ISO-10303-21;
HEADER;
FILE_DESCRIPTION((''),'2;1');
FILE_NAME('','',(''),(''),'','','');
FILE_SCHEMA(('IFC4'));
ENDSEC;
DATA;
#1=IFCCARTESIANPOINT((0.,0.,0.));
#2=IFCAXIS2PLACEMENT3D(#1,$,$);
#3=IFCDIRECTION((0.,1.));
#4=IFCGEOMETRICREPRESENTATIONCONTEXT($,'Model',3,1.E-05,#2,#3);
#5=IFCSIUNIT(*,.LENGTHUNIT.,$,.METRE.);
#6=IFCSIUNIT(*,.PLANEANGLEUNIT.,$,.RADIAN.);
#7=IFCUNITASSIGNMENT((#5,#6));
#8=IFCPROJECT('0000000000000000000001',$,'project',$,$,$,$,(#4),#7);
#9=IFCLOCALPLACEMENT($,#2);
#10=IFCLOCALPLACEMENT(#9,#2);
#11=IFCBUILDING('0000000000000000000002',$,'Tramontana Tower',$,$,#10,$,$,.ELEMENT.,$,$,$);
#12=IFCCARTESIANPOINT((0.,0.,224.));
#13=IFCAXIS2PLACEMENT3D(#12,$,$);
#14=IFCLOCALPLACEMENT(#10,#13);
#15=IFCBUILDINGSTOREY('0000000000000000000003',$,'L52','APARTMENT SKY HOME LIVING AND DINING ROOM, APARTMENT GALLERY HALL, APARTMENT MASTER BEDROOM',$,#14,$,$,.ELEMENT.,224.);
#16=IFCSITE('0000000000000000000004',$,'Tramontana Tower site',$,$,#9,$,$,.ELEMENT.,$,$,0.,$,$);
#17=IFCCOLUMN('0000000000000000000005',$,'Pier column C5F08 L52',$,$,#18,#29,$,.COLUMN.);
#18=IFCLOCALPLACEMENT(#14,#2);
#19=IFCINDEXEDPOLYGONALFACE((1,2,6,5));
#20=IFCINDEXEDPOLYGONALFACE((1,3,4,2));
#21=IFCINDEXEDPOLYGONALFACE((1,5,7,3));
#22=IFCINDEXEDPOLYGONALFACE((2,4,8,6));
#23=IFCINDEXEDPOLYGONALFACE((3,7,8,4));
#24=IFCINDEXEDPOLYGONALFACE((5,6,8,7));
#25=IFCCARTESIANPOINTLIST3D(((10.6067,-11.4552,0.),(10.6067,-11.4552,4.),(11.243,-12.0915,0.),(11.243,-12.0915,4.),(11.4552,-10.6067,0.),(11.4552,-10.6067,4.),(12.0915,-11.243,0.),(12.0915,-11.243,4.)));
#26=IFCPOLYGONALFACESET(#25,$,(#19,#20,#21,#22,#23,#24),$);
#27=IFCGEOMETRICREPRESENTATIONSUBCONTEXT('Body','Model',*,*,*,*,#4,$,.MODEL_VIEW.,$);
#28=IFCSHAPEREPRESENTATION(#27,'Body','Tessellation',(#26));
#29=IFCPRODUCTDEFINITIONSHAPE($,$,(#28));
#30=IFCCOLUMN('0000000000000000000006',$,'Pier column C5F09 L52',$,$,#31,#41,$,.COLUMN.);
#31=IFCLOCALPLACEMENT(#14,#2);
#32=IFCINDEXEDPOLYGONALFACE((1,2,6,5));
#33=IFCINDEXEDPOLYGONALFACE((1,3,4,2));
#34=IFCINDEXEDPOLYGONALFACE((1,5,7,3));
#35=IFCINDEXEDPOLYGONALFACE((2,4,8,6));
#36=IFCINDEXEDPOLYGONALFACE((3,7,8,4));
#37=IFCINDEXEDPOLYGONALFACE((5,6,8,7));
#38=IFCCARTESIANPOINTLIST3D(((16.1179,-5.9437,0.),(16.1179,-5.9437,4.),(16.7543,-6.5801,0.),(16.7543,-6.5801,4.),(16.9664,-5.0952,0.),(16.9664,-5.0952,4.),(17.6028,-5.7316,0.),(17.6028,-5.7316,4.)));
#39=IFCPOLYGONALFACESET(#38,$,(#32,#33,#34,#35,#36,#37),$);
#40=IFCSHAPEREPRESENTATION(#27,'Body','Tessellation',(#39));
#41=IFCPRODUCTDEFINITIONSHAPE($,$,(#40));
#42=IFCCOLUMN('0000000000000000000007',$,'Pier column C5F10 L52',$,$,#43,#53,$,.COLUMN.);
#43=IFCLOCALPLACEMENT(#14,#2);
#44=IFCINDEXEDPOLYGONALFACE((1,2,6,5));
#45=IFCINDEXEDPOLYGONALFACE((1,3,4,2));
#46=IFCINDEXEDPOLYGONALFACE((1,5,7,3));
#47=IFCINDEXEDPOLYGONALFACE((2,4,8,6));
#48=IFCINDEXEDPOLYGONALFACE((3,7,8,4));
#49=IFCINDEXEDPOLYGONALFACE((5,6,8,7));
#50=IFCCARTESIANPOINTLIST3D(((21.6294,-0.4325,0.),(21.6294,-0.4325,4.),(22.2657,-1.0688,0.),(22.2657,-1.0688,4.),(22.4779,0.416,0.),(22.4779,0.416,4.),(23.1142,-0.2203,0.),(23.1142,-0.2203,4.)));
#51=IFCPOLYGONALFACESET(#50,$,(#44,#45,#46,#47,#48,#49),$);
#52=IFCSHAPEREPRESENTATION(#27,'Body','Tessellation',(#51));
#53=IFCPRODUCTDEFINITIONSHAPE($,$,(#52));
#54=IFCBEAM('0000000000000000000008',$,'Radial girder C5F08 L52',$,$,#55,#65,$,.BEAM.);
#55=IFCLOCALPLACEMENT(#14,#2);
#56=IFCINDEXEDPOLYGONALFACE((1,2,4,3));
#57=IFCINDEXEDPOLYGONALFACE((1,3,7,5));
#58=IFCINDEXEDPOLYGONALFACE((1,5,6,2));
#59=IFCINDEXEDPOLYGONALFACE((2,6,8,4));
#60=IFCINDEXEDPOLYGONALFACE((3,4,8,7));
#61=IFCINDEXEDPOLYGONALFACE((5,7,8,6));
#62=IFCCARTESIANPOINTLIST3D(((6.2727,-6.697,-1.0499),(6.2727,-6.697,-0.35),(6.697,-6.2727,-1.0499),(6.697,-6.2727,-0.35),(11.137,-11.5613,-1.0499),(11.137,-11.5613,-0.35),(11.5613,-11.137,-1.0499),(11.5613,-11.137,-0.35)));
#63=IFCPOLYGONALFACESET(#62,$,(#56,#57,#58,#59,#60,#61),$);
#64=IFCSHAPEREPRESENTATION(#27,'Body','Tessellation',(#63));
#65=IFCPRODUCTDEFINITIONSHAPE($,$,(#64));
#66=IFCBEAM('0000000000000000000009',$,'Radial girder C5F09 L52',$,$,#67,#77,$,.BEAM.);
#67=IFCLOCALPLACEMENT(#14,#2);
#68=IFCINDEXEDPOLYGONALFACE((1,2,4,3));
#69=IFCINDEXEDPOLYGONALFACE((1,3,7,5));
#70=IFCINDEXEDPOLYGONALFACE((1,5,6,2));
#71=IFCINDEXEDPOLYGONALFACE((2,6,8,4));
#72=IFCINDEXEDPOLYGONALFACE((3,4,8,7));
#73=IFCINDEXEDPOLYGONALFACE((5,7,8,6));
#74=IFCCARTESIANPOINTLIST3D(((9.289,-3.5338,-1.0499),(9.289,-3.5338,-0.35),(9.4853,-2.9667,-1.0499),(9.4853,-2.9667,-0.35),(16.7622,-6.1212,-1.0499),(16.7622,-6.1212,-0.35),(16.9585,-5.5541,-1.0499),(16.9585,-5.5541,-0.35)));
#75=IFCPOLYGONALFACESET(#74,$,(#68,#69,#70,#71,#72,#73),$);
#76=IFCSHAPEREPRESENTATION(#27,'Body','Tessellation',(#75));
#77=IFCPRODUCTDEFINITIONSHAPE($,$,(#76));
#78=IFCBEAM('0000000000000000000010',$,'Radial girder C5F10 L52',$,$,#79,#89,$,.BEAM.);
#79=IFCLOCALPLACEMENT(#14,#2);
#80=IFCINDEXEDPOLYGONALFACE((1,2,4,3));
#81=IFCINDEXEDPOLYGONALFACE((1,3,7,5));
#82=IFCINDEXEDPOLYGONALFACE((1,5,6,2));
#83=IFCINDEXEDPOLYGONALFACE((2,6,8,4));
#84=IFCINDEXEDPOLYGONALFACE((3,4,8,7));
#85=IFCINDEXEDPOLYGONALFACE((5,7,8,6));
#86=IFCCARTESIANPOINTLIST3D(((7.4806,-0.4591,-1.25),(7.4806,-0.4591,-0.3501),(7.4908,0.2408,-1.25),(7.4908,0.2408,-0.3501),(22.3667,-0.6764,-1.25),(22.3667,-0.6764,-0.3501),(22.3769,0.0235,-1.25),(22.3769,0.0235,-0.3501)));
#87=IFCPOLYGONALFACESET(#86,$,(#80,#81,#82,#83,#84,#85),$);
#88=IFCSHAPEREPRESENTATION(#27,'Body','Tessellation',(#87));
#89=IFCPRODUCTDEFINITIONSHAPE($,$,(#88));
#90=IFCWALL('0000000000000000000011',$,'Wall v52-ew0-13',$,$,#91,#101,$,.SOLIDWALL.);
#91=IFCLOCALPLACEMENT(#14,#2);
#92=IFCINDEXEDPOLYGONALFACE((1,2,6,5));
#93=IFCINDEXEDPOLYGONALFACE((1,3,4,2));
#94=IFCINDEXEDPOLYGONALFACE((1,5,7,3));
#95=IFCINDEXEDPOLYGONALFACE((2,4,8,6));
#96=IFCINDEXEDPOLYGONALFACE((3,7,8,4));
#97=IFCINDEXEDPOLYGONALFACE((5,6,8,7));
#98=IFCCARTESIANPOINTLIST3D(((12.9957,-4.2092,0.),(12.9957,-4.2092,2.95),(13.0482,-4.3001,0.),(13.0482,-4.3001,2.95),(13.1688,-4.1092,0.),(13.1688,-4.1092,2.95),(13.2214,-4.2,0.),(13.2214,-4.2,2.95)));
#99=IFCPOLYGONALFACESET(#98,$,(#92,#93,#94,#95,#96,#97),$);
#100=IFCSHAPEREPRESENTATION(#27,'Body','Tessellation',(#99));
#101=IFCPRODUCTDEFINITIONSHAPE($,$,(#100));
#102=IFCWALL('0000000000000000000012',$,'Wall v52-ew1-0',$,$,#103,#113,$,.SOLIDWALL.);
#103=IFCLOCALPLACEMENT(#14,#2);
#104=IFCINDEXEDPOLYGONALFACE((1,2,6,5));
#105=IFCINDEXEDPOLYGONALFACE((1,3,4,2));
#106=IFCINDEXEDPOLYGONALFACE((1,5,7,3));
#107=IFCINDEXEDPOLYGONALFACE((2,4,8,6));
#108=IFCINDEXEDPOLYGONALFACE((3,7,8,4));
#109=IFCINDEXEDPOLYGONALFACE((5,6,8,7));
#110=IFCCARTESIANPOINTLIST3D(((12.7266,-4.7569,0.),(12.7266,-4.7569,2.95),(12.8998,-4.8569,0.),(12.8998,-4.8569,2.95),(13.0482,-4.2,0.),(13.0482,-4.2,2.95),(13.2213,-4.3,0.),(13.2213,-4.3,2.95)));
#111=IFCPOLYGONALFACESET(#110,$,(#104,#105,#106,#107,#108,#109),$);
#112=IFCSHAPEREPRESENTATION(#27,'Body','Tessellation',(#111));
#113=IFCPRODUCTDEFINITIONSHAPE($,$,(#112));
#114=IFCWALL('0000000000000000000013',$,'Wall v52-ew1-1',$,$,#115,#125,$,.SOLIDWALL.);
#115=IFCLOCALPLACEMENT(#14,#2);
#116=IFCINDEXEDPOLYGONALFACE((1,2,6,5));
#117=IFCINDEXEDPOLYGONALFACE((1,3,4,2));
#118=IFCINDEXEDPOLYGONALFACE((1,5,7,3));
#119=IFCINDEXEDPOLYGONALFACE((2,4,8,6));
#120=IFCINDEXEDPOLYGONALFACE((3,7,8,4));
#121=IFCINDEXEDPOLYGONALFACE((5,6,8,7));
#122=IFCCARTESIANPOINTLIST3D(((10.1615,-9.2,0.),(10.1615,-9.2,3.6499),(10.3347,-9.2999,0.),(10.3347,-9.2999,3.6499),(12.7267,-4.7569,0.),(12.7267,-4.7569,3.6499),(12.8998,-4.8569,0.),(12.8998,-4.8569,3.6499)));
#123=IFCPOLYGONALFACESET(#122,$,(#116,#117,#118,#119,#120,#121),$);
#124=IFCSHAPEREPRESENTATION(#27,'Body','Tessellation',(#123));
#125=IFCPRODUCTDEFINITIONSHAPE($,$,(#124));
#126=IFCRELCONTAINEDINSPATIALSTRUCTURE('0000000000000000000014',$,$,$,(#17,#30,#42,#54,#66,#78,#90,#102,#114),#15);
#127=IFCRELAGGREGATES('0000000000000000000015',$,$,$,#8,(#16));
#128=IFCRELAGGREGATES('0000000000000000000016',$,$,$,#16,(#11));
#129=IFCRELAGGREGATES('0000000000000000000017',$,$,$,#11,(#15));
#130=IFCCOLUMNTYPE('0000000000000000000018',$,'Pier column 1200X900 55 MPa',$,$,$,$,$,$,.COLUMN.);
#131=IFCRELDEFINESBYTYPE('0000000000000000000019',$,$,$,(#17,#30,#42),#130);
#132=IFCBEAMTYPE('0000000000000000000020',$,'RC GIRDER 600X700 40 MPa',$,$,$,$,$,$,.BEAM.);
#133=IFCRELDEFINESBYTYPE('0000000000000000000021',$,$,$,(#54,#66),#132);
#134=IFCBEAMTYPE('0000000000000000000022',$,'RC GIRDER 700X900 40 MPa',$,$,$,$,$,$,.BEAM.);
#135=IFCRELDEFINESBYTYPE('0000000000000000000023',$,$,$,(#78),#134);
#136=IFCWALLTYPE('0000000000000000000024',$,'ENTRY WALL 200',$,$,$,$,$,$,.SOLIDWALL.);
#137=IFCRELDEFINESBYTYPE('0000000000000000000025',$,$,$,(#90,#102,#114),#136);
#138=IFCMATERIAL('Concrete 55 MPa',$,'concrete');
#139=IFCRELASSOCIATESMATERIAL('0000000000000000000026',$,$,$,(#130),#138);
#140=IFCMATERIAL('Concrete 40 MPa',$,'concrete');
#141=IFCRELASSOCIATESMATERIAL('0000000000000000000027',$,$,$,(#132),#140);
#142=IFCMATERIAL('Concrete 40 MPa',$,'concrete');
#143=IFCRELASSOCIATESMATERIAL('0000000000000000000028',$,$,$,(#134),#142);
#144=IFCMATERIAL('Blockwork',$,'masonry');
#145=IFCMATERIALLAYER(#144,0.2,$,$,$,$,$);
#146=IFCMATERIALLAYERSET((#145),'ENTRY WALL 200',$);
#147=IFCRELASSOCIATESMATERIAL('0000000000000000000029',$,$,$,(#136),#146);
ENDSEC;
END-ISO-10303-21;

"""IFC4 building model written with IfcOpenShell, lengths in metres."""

from ifc_helpers import new_model, si_unit, direction, frame, frame_2d, origin, origin_2d, place, context, subcontext, project, spatial, rectangle, extrude, material, layer, layer_set, material_profile, profile_set, type_object, element, save


model = new_model("IFC4")

# Units and contexts
model_context = context("Model", 3, precision=1e-05, world=origin(), true_north=direction((0.0, 1.0)))
body_context = subcontext(model_context, "Body", "Model", "MODEL_VIEW")
ifc_project = project(units=[si_unit("LENGTHUNIT", "METRE"), si_unit("PLANEANGLEUNIT", "RADIAN")], contexts=[model_context])

# Site, building, storey
site_placement = place(None, origin())
site = spatial("IfcSite", under=ifc_project, at=site_placement, Name="Tramontana Tower site", CompositionType="ELEMENT", RefElevation=0.0)
building_placement = place(site_placement, origin())
building = spatial("IfcBuilding", under=site, at=building_placement, Name="Tramontana Tower", CompositionType="ELEMENT")
storey_placement = place(building_placement, frame((0.0, 0.0, 224.0)))
storey = spatial("IfcBuildingStorey", under=building, at=storey_placement, Name="L52", Description="APARTMENT SKY HOME LIVING AND DINING ROOM, APARTMENT GALLERY HALL, APARTMENT MASTER BEDROOM", CompositionType="ELEMENT", Elevation=224.0)

# Columns
ifc_material_1 = material(Name="Concrete 55 MPa", Category="concrete")
ifc_material_profile_1 = material_profile(ifc_material_1, rectangle(XDim=1.2, YDim=0.8999, at=origin_2d()), Name="Pier column 1200X900 55 MPa")
ifc_profile_set_1 = profile_set([ifc_material_profile_1], Name="Concrete 55 MPa")
column_type = type_object("IfcColumnType", Name="Pier column 1200X900 55 MPa", PredefinedType="COLUMN", material=ifc_profile_set_1)
for number, where, z_axis, x_axis, name in (
    (1, (11.3491, -11.3491, 0.0), (0.0, 0.0, 1.0), (0.707107, 0.707107, 0.0), "Pier column C5F08 L52"),
    (2, (16.8604, -5.8376, 0.0), (0.0, 0.0, 1.0), (0.707107, 0.707107, 0.0), "Pier column C5F09 L52"),
    (3, (22.3718, -0.3264, 0.0), (0.0, 0.0, 1.0), (0.707107, 0.707107, 0.0), "Pier column C5F10 L52"),
):
    element("IfcColumn", number, at=place(storey_placement, frame(where, z_axis=z_axis, x_axis=x_axis)), inside=storey, type_object=column_type, Name=name, PredefinedType="COLUMN", context=body_context, shape_type="SweptSolid", body=[
        extrude(rectangle(XDim=1.2, YDim=0.8999, at=origin_2d()), origin(), (0.0, 0.0, 1.0), 4.0),
    ])

# Beams
ifc_material_2 = material(Name="Concrete 40 MPa", Category="concrete")
ifc_material_profile_2 = material_profile(ifc_material_2, rectangle(XDim=0.6001, YDim=0.7, at=origin_2d()), Name="RC GIRDER 600X700 40 MPa")
ifc_profile_set_2 = profile_set([ifc_material_profile_2], Name="Concrete 40 MPa")
beam_type_1 = type_object("IfcBeamType", Name="RC GIRDER 600X700 40 MPa", PredefinedType="BEAM", material=ifc_profile_set_2)
beam_1_placement = place(storey_placement, frame((11.3491, -11.3491, -0.7), z_axis=(-0.707107, 0.707107, 0.0), x_axis=(-0.707107, -0.707107, 0.0)))
element("IfcBeam", 4, at=beam_1_placement, inside=storey, type_object=beam_type_1, Name="Radial girder C5F08 L52", PredefinedType="BEAM", context=body_context, shape_type="SweptSolid", body=[
    extrude(rectangle(XDim=0.6001, YDim=0.7, at=origin_2d()), origin(), (0.0, 0.0, 1.0), 6.8792),
])
beam_2_placement = place(storey_placement, frame((16.8604, -5.8376, -0.7), z_axis=(-0.944965, 0.327172, 0.0), x_axis=(-0.327172, -0.944965, 0.0)))
element("IfcBeam", 5, at=beam_2_placement, inside=storey, type_object=beam_type_1, Name="Radial girder C5F09 L52", PredefinedType="BEAM", context=body_context, shape_type="SweptSolid", body=[
    extrude(rectangle(XDim=0.6001, YDim=0.7, at=origin_2d()), origin(), (0.0, 0.0, 1.0), 7.9084),
])
ifc_material_3 = material(Name="Concrete 40 MPa", Category="concrete")
ifc_material_profile_3 = material_profile(ifc_material_3, rectangle(XDim=0.7, YDim=0.8999, at=origin_2d()), Name="RC GIRDER 700X900 40 MPa")
ifc_profile_set_3 = profile_set([ifc_material_profile_3], Name="Concrete 40 MPa")
beam_type_2 = type_object("IfcBeamType", Name="RC GIRDER 700X900 40 MPa", PredefinedType="BEAM", material=ifc_profile_set_3)
beam_3_placement = place(storey_placement, frame((22.3718, -0.3264, -0.8), z_axis=(-0.999893, 0.014595, 0.0), x_axis=(-0.014595, -0.999893, 0.0)))
element("IfcBeam", 6, at=beam_3_placement, inside=storey, type_object=beam_type_2, Name="Radial girder C5F10 L52", PredefinedType="BEAM", context=body_context, shape_type="SweptSolid", body=[
    extrude(rectangle(XDim=0.7, YDim=0.8999, at=origin_2d()), origin(), (0.0, 0.0, 1.0), 14.8877),
])

# Walls
ifc_material_4 = material(Name="Blockwork", Category="masonry")
ifc_layer_1 = layer(ifc_material_4, 0.2)
ifc_layer_set_1 = layer_set([ifc_layer_1], Name="ENTRY WALL 200")
wall_type_1 = type_object("IfcWallType", Name="ENTRY WALL 200", PredefinedType="SOLIDWALL", material=ifc_layer_set_1)
wall_1_placement = place(storey_placement, frame((13.0823, -4.1592, 0.0), z_axis=(0.0, 0.0, 1.0), x_axis=(0.500394, -0.865798, 0.0)))
element("IfcWall", 7, at=wall_1_placement, inside=storey, type_object=wall_type_1, Name="Wall v52-ew0-13", PredefinedType="SOLIDWALL", context=body_context, shape_type="SweptSolid", body=[
    extrude(rectangle(XDim=0.105, YDim=0.2, at=frame_2d((0.0525, 0.0))), origin(), (0.0, 0.0, 1.0), 2.95),
])
wall_2_placement = place(storey_placement, frame((13.1348, -4.25, 0.0), z_axis=(0.0, 0.0, 1.0), x_axis=(-0.500018, -0.866015, 0.0)))
element("IfcWall", 8, at=wall_2_placement, inside=storey, type_object=wall_type_1, Name="Wall v52-ew1-0", PredefinedType="SOLIDWALL", context=body_context, shape_type="SweptSolid", body=[
    extrude(rectangle(XDim=0.6431, YDim=0.2, at=frame_2d((0.3215, 0.0))), origin(), (0.0, 0.0, 1.0), 2.95),
])
wall_3_placement = place(storey_placement, frame((12.8132, -4.8069, 0.0), z_axis=(0.0, 0.0, 1.0), x_axis=(-0.499993, -0.866029, 0.0)))
element("IfcWall", 9, at=wall_3_placement, inside=storey, type_object=wall_type_1, Name="Wall v52-ew1-1", PredefinedType="SOLIDWALL", context=body_context, shape_type="SweptSolid", body=[
    extrude(rectangle(XDim=5.1304, YDim=0.2, at=frame_2d((2.5652, 0.0))), origin(), (0.0, 0.0, 1.0), 3.6499),
])

save(model, "model.ifc")
